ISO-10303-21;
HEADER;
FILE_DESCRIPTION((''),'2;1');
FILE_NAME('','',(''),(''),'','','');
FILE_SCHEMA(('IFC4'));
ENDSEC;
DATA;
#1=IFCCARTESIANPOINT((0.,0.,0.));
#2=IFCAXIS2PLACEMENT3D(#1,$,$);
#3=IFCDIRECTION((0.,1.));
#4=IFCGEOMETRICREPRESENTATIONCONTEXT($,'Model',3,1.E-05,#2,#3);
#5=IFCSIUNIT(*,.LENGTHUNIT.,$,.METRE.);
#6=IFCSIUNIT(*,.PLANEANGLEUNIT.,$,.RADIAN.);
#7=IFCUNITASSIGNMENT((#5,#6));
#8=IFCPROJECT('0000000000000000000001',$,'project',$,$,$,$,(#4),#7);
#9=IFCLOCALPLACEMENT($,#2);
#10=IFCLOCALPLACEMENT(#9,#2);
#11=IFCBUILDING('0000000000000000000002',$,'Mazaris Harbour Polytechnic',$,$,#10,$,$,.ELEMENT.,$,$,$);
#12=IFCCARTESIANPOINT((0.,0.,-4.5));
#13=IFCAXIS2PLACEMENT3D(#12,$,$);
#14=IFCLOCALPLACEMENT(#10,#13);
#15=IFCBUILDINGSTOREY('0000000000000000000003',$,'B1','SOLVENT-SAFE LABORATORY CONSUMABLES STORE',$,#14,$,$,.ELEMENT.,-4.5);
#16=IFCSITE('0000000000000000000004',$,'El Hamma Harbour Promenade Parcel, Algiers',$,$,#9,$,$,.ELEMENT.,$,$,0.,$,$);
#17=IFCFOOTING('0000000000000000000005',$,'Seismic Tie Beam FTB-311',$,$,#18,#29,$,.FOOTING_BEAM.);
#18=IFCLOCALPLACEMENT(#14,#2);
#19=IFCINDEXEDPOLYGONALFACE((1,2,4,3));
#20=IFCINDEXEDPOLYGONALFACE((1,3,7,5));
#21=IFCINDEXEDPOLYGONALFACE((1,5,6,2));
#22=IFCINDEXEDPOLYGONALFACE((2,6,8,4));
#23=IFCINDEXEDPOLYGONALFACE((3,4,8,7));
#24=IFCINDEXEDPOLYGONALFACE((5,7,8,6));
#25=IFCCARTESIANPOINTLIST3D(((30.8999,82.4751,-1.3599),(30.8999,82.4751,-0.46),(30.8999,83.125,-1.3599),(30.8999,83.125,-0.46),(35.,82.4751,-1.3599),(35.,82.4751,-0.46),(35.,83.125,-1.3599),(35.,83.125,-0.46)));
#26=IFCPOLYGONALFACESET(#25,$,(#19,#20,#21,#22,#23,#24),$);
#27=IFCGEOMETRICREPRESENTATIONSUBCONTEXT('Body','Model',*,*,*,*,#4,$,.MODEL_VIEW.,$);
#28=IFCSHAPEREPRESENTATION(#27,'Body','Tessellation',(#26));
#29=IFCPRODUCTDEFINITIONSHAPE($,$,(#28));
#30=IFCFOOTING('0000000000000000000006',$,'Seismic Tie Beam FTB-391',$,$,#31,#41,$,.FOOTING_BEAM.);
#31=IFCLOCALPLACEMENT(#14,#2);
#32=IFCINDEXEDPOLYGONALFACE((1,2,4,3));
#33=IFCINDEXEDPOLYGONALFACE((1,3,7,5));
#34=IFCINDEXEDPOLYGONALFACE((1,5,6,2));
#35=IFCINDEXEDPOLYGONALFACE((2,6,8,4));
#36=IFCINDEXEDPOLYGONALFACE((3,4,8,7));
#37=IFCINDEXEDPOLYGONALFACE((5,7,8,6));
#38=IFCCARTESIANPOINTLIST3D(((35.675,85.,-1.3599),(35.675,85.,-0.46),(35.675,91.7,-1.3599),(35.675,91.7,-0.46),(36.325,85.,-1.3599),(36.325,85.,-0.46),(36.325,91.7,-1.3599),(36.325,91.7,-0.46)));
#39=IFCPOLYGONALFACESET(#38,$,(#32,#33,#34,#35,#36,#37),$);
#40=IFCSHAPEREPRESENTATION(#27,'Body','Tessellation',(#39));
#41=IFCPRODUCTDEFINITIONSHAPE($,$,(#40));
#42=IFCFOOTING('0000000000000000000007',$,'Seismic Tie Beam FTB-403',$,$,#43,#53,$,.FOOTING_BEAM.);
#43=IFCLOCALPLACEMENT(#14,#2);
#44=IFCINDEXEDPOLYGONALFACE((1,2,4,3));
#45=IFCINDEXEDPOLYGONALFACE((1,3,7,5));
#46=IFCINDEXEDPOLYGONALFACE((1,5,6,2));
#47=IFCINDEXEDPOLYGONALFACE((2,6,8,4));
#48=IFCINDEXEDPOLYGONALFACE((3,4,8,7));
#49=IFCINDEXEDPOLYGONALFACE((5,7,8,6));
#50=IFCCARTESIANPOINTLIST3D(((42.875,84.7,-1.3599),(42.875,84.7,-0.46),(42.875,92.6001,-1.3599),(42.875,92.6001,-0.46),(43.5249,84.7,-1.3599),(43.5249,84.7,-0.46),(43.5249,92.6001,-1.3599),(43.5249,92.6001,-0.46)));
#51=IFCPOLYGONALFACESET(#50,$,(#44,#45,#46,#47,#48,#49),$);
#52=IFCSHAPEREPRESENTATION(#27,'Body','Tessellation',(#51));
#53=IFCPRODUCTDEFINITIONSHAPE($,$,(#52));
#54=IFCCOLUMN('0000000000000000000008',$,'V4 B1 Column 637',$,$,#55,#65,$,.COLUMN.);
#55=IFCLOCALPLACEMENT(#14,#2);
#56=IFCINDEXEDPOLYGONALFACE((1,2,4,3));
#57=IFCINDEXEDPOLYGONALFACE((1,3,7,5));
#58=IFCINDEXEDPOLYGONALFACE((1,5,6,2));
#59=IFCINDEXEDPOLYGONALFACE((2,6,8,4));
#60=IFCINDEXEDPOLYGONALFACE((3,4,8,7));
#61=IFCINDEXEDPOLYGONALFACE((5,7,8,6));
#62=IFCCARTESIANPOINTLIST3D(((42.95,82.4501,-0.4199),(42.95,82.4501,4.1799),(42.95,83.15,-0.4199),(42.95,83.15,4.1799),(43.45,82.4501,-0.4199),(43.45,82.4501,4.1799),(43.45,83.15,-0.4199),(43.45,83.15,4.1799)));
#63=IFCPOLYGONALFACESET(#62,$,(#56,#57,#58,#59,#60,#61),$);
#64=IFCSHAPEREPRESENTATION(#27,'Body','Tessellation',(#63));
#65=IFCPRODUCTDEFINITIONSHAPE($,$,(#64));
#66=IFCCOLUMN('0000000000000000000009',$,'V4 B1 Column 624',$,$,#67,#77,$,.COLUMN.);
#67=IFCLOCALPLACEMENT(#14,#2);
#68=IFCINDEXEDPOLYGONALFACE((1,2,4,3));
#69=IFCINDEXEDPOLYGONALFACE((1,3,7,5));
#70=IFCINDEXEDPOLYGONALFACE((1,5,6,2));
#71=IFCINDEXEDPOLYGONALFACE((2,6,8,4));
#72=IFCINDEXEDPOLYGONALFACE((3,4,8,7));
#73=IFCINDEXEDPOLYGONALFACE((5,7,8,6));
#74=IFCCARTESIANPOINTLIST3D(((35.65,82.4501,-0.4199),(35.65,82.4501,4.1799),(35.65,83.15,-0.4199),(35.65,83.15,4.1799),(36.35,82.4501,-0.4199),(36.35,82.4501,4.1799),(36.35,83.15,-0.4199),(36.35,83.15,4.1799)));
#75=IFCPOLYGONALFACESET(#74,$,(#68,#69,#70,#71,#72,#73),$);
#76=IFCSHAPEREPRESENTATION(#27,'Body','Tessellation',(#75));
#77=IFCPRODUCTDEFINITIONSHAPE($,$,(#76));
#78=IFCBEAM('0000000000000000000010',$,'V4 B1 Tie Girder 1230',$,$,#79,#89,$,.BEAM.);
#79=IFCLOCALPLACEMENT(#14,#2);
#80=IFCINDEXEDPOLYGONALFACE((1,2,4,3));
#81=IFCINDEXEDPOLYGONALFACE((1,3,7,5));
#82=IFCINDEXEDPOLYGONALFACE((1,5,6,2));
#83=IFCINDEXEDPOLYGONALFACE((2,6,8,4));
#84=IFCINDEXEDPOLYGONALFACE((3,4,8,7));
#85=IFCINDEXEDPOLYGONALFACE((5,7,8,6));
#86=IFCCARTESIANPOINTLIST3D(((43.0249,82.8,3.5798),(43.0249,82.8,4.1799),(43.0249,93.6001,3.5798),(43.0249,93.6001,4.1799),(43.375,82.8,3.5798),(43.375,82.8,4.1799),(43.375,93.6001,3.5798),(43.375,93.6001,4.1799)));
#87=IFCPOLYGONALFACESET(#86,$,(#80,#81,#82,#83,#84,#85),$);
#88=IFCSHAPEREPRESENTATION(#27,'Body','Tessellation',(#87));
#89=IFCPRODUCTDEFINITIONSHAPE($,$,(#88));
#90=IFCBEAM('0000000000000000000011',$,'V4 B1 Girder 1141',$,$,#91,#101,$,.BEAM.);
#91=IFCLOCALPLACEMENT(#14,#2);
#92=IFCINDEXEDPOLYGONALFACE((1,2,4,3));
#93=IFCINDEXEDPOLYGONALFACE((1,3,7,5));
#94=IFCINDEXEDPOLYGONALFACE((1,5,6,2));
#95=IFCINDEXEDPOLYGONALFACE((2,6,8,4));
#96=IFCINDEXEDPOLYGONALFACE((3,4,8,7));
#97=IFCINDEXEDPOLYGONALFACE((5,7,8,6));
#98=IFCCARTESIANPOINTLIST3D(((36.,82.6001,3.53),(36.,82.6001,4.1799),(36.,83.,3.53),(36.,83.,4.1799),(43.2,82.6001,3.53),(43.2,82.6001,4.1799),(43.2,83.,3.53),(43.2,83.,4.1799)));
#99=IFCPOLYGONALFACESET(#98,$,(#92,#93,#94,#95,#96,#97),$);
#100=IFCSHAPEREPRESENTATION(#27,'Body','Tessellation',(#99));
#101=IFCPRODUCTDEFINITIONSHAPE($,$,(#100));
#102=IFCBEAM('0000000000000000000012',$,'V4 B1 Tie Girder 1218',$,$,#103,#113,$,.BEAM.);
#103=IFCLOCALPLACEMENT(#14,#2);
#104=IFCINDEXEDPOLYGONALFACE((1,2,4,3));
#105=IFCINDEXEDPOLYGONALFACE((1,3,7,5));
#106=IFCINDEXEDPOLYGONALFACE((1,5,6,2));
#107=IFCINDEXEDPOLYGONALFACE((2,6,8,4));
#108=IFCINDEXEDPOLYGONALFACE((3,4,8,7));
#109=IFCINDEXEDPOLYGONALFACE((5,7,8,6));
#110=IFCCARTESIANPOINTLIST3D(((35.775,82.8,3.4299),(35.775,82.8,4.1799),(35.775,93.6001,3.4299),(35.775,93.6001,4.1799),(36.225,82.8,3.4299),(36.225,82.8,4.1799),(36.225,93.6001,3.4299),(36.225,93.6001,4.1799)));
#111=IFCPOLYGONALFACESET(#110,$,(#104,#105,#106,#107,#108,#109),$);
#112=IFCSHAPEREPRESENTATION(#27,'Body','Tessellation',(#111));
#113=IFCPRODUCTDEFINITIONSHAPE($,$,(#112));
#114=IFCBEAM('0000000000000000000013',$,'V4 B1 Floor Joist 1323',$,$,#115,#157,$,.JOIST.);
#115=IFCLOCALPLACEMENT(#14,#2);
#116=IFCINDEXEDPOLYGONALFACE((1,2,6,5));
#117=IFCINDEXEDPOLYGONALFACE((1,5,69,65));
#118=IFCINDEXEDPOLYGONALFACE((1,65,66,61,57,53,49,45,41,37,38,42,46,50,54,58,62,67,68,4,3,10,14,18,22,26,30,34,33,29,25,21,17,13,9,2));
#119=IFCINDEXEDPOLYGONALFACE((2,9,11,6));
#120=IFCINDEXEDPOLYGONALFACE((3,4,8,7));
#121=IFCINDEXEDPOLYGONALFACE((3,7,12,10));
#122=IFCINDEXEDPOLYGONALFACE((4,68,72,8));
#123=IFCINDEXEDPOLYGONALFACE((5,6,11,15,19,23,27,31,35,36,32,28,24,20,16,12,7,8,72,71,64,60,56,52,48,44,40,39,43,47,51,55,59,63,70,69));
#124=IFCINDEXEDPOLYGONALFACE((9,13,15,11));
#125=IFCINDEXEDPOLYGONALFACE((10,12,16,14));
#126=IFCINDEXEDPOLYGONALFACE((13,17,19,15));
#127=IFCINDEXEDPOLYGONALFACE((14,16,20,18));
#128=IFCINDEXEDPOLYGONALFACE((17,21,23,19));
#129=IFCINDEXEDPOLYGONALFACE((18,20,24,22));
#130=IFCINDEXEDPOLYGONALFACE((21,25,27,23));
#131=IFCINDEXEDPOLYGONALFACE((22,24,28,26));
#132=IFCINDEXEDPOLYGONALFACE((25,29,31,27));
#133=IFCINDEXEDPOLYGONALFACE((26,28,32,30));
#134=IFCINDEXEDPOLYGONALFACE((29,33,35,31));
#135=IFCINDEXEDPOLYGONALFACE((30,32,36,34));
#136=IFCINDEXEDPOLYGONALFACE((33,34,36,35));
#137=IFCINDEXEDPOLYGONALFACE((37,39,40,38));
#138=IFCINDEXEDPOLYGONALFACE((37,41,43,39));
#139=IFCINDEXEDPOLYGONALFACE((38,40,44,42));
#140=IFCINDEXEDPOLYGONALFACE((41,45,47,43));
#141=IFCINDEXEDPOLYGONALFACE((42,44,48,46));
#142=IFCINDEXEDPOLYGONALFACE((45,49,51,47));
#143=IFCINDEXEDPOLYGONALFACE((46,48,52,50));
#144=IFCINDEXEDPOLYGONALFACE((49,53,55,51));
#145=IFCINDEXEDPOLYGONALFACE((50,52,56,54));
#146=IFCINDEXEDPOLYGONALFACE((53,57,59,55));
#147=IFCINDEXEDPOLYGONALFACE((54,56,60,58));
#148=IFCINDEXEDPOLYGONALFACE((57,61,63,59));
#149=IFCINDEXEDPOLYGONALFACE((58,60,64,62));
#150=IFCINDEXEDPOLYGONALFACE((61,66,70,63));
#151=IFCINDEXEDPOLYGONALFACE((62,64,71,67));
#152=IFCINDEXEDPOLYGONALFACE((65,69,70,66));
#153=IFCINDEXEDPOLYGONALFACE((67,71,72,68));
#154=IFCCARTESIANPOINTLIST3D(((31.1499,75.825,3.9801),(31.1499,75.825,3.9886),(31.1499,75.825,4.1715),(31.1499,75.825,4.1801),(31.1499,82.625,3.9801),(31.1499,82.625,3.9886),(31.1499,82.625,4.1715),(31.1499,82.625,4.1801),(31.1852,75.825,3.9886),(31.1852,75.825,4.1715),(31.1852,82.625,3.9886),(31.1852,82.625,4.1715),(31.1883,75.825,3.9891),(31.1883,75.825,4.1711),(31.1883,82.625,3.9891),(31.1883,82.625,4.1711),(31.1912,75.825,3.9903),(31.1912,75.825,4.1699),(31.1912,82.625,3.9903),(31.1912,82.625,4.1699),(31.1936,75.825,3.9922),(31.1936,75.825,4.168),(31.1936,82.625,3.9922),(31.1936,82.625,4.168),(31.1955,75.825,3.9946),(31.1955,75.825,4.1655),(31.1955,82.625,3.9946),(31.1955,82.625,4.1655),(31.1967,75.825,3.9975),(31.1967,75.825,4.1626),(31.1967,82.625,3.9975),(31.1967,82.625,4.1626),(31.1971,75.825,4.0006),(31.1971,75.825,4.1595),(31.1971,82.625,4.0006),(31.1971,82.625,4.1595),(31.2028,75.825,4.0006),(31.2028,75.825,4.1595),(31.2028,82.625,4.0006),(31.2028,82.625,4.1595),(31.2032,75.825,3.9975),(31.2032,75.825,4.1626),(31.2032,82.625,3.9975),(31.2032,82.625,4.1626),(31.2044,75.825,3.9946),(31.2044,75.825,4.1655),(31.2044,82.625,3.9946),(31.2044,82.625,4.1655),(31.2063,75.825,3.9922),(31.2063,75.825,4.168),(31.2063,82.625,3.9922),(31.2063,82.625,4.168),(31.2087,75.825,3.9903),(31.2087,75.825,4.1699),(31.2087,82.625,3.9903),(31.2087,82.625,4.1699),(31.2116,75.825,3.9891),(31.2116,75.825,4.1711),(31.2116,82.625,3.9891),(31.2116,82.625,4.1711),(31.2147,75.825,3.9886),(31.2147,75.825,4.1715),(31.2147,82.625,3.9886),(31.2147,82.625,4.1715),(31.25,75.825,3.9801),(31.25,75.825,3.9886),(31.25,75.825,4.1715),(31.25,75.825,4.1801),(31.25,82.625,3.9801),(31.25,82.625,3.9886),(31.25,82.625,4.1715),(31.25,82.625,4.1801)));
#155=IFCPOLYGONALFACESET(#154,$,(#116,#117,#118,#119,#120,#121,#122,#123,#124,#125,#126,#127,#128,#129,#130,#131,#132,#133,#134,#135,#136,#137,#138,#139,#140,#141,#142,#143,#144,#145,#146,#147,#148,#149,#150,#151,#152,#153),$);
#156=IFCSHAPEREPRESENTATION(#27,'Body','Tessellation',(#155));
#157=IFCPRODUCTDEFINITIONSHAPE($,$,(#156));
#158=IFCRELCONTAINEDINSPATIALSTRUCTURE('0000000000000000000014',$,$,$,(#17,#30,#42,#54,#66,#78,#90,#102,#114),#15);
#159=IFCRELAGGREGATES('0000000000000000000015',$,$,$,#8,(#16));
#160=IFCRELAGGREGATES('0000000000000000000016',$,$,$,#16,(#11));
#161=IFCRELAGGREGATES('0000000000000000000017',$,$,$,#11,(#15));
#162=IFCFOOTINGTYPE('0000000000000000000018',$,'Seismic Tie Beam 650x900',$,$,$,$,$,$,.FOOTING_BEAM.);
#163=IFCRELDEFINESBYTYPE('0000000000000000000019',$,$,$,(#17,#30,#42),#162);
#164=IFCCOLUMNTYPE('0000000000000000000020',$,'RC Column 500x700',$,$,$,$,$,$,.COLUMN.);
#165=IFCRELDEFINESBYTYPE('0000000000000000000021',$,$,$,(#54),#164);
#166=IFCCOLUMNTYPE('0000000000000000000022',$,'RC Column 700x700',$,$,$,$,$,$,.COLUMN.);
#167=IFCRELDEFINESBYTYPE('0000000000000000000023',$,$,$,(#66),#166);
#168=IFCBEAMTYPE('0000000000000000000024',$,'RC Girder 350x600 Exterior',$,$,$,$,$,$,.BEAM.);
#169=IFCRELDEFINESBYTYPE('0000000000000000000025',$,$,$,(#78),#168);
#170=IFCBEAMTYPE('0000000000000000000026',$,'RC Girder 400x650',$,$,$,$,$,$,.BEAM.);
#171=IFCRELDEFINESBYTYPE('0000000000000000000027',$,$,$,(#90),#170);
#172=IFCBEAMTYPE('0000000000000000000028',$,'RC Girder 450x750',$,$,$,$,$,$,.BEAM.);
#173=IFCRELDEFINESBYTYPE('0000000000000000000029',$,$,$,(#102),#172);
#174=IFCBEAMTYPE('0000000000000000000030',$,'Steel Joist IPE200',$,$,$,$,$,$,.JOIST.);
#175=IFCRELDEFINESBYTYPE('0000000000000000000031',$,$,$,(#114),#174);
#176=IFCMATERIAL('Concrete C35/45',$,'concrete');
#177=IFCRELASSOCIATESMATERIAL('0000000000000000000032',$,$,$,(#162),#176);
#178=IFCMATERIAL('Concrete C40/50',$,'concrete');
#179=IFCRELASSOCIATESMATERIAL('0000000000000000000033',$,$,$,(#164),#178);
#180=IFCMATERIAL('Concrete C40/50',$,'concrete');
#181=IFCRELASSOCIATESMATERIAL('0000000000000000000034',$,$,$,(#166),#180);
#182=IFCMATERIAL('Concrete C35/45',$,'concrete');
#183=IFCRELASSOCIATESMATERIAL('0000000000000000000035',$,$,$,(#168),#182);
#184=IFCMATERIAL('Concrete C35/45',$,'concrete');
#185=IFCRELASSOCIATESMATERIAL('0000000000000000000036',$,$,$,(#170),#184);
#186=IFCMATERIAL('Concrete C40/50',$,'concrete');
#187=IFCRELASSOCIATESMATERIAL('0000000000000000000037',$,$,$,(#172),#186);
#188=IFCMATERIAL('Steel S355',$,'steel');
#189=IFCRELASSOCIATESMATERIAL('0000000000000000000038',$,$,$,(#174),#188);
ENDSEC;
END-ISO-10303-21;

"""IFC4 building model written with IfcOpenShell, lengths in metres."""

from ifc_helpers import new_model, si_unit, direction, frame, origin, origin_2d, place, context, subcontext, project, spatial, rectangle, i_section, extrude, material, material_profile, profile_set, type_object, element, save


model = new_model("IFC4")

# Units and contexts
model_context = context("Model", 3, precision=1e-05, world=origin(), true_north=direction((0.0, 1.0)))
body_context = subcontext(model_context, "Body", "Model", "MODEL_VIEW")
ifc_project = project(units=[si_unit("LENGTHUNIT", "METRE"), si_unit("PLANEANGLEUNIT", "RADIAN")], contexts=[model_context])

# Site, building, storey
site_placement = place(None, origin())
site = spatial("IfcSite", under=ifc_project, at=site_placement, Name="El Hamma Harbour Promenade Parcel, Algiers", CompositionType="ELEMENT", RefElevation=0.0)
building_placement = place(site_placement, origin())
building = spatial("IfcBuilding", under=site, at=building_placement, Name="Mazaris Harbour Polytechnic", CompositionType="ELEMENT")
storey_placement = place(building_placement, frame((0.0, 0.0, -4.5)))
storey = spatial("IfcBuildingStorey", under=building, at=storey_placement, Name="B1", Description="SOLVENT-SAFE LABORATORY CONSUMABLES STORE", CompositionType="ELEMENT", Elevation=-4.5)

# Footings
ifc_material_1 = material(Name="Concrete C35/45", Category="concrete")
ifc_material_profile_1 = material_profile(ifc_material_1, rectangle(XDim=0.6499, YDim=0.8999, at=origin_2d()), Name="RECT650x900")
ifc_profile_set_1 = profile_set([ifc_material_profile_1], Name="Concrete C35/45")
footing_type_1 = type_object("IfcFootingType", Name="Seismic Tie Beam 650x900", PredefinedType="FOOTING_BEAM", material=ifc_profile_set_1)
footing_1_placement = place(storey_placement, frame((30.8999, 82.8, -0.9099), z_axis=(1.0, 0.0, 0.0), x_axis=(0.0, 1.0, 0.0)))
element("IfcFooting", 1, at=footing_1_placement, inside=storey, type_object=footing_type_1, Name="Seismic Tie Beam FTB-311", PredefinedType="FOOTING_BEAM", context=body_context, shape_type="SweptSolid", body=[
    extrude(rectangle(XDim=0.6499, YDim=0.8999, at=origin_2d()), origin(), (0.0, 0.0, 1.0), 4.1001),
])
footing_2_placement = place(storey_placement, frame((36.0, 85.0, -0.9099), z_axis=(0.0, 1.0, 0.0), x_axis=(-1.0, 0.0, 0.0)))
element("IfcFooting", 2, at=footing_2_placement, inside=storey, type_object=footing_type_1, Name="Seismic Tie Beam FTB-391", PredefinedType="FOOTING_BEAM", context=body_context, shape_type="SweptSolid", body=[
    extrude(rectangle(XDim=0.6499, YDim=0.8999, at=origin_2d()), origin(), (0.0, 0.0, 1.0), 6.7),
])
footing_3_placement = place(storey_placement, frame((43.2, 84.7, -0.9099), z_axis=(0.0, 1.0, 0.0), x_axis=(-1.0, 0.0, 0.0)))
element("IfcFooting", 3, at=footing_3_placement, inside=storey, type_object=footing_type_1, Name="Seismic Tie Beam FTB-403", PredefinedType="FOOTING_BEAM", context=body_context, shape_type="SweptSolid", body=[
    extrude(rectangle(XDim=0.6499, YDim=0.8999, at=origin_2d()), origin(), (0.0, 0.0, 1.0), 7.9001),
])

# Columns
ifc_material_2 = material(Name="Concrete C40/50", Category="concrete")
ifc_material_profile_2 = material_profile(ifc_material_2, rectangle(XDim=0.5, YDim=0.7, at=origin_2d()), Name="RECT500x700")
ifc_profile_set_2 = profile_set([ifc_material_profile_2], Name="Concrete C40/50")
column_type_1 = type_object("IfcColumnType", Name="RC Column 500x700", PredefinedType="COLUMN", material=ifc_profile_set_2)
column_1_placement = place(storey_placement, frame((43.2, 82.8, -0.4199), z_axis=(0.0, 0.0, 1.0), x_axis=(1.0, 0.0, 0.0)))
element("IfcColumn", 4, at=column_1_placement, inside=storey, type_object=column_type_1, Name="V4 B1 Column 637", PredefinedType="COLUMN", context=body_context, shape_type="SweptSolid", body=[
    extrude(rectangle(XDim=0.5, YDim=0.7, at=origin_2d()), origin(), (0.0, 0.0, 1.0), 4.5999),
])
ifc_material_3 = material(Name="Concrete C40/50", Category="concrete")
ifc_material_profile_3 = material_profile(ifc_material_3, rectangle(XDim=0.7, YDim=0.7, at=origin_2d()), Name="RECT700x700")
ifc_profile_set_3 = profile_set([ifc_material_profile_3], Name="Concrete C40/50")
column_type_2 = type_object("IfcColumnType", Name="RC Column 700x700", PredefinedType="COLUMN", material=ifc_profile_set_3)
column_2_placement = place(storey_placement, frame((36.0, 82.8, -0.4199), z_axis=(0.0, 0.0, 1.0), x_axis=(1.0, 0.0, 0.0)))
element("IfcColumn", 5, at=column_2_placement, inside=storey, type_object=column_type_2, Name="V4 B1 Column 624", PredefinedType="COLUMN", context=body_context, shape_type="SweptSolid", body=[
    extrude(rectangle(XDim=0.7, YDim=0.7, at=origin_2d()), origin(), (0.0, 0.0, 1.0), 4.5999),
])

# Beams
ifc_material_4 = material(Name="Concrete C35/45", Category="concrete")
ifc_material_profile_4 = material_profile(ifc_material_4, rectangle(XDim=0.3501, YDim=0.6001, at=origin_2d()), Name="RECT350x600")
ifc_profile_set_4 = profile_set([ifc_material_profile_4], Name="Concrete C35/45")
beam_type_1 = type_object("IfcBeamType", Name="RC Girder 350x600 Exterior", PredefinedType="BEAM", material=ifc_profile_set_4)
beam_1_placement = place(storey_placement, frame((43.2, 82.8, 3.8799), z_axis=(0.0, 1.0, 0.0), x_axis=(-1.0, 0.0, 0.0)))
element("IfcBeam", 6, at=beam_1_placement, inside=storey, type_object=beam_type_1, Name="V4 B1 Tie Girder 1230", PredefinedType="BEAM", context=body_context, shape_type="SweptSolid", body=[
    extrude(rectangle(XDim=0.3501, YDim=0.6001, at=origin_2d()), origin(), (0.0, 0.0, 1.0), 10.8),
])
ifc_material_5 = material(Name="Concrete C35/45", Category="concrete")
ifc_material_profile_5 = material_profile(ifc_material_5, rectangle(XDim=0.3999, YDim=0.6499, at=origin_2d()), Name="RECT400x650")
ifc_profile_set_5 = profile_set([ifc_material_profile_5], Name="Concrete C35/45")
beam_type_2 = type_object("IfcBeamType", Name="RC Girder 400x650", PredefinedType="BEAM", material=ifc_profile_set_5)
beam_2_placement = place(storey_placement, frame((36.0, 82.8, 3.855), z_axis=(1.0, 0.0, 0.0), x_axis=(0.0, 1.0, 0.0)))
element("IfcBeam", 7, at=beam_2_placement, inside=storey, type_object=beam_type_2, Name="V4 B1 Girder 1141", PredefinedType="BEAM", context=body_context, shape_type="SweptSolid", body=[
    extrude(rectangle(XDim=0.3999, YDim=0.6499, at=origin_2d()), origin(), (0.0, 0.0, 1.0), 7.2),
])
ifc_material_6 = material(Name="Concrete C40/50", Category="concrete")
ifc_material_profile_6 = material_profile(ifc_material_6, rectangle(XDim=0.45, YDim=0.75, at=origin_2d()), Name="RECT450x750")
ifc_profile_set_6 = profile_set([ifc_material_profile_6], Name="Concrete C40/50")
beam_type_3 = type_object("IfcBeamType", Name="RC Girder 450x750", PredefinedType="BEAM", material=ifc_profile_set_6)
beam_3_placement = place(storey_placement, frame((36.0, 82.8, 3.8049), z_axis=(0.0, 1.0, 0.0), x_axis=(-1.0, 0.0, 0.0)))
element("IfcBeam", 8, at=beam_3_placement, inside=storey, type_object=beam_type_3, Name="V4 B1 Tie Girder 1218", PredefinedType="BEAM", context=body_context, shape_type="SweptSolid", body=[
    extrude(rectangle(XDim=0.45, YDim=0.75, at=origin_2d()), origin(), (0.0, 0.0, 1.0), 10.8),
])
ifc_material_7 = material(Name="Steel S355", Category="steel")
ifc_material_profile_7 = material_profile(ifc_material_7, i_section(OverallWidth=0.1001, OverallDepth=0.2, WebThickness=0.0056, FlangeThickness=0.0085, FilletRadius=0.012, at=origin_2d()), Name="IPE 200")
ifc_profile_set_7 = profile_set([ifc_material_profile_7], Name="Steel S355")
beam_type_4 = type_object("IfcBeamType", Name="Steel Joist IPE200", PredefinedType="JOIST", material=ifc_profile_set_7)
beam_4_placement = place(storey_placement, frame((31.2, 75.825, 4.0801), z_axis=(0.0, 1.0, 0.0), x_axis=(-1.0, 0.0, 0.0)))
element("IfcBeam", 9, at=beam_4_placement, inside=storey, type_object=beam_type_4, Name="V4 B1 Floor Joist 1323", PredefinedType="JOIST", context=body_context, shape_type="SweptSolid", body=[
    extrude(i_section(OverallWidth=0.1001, OverallDepth=0.2, WebThickness=0.0056, FlangeThickness=0.0085, FilletRadius=0.012, at=origin_2d()), origin(), (0.0, 0.0, 1.0), 6.8),
])

save(model, "model.ifc")
